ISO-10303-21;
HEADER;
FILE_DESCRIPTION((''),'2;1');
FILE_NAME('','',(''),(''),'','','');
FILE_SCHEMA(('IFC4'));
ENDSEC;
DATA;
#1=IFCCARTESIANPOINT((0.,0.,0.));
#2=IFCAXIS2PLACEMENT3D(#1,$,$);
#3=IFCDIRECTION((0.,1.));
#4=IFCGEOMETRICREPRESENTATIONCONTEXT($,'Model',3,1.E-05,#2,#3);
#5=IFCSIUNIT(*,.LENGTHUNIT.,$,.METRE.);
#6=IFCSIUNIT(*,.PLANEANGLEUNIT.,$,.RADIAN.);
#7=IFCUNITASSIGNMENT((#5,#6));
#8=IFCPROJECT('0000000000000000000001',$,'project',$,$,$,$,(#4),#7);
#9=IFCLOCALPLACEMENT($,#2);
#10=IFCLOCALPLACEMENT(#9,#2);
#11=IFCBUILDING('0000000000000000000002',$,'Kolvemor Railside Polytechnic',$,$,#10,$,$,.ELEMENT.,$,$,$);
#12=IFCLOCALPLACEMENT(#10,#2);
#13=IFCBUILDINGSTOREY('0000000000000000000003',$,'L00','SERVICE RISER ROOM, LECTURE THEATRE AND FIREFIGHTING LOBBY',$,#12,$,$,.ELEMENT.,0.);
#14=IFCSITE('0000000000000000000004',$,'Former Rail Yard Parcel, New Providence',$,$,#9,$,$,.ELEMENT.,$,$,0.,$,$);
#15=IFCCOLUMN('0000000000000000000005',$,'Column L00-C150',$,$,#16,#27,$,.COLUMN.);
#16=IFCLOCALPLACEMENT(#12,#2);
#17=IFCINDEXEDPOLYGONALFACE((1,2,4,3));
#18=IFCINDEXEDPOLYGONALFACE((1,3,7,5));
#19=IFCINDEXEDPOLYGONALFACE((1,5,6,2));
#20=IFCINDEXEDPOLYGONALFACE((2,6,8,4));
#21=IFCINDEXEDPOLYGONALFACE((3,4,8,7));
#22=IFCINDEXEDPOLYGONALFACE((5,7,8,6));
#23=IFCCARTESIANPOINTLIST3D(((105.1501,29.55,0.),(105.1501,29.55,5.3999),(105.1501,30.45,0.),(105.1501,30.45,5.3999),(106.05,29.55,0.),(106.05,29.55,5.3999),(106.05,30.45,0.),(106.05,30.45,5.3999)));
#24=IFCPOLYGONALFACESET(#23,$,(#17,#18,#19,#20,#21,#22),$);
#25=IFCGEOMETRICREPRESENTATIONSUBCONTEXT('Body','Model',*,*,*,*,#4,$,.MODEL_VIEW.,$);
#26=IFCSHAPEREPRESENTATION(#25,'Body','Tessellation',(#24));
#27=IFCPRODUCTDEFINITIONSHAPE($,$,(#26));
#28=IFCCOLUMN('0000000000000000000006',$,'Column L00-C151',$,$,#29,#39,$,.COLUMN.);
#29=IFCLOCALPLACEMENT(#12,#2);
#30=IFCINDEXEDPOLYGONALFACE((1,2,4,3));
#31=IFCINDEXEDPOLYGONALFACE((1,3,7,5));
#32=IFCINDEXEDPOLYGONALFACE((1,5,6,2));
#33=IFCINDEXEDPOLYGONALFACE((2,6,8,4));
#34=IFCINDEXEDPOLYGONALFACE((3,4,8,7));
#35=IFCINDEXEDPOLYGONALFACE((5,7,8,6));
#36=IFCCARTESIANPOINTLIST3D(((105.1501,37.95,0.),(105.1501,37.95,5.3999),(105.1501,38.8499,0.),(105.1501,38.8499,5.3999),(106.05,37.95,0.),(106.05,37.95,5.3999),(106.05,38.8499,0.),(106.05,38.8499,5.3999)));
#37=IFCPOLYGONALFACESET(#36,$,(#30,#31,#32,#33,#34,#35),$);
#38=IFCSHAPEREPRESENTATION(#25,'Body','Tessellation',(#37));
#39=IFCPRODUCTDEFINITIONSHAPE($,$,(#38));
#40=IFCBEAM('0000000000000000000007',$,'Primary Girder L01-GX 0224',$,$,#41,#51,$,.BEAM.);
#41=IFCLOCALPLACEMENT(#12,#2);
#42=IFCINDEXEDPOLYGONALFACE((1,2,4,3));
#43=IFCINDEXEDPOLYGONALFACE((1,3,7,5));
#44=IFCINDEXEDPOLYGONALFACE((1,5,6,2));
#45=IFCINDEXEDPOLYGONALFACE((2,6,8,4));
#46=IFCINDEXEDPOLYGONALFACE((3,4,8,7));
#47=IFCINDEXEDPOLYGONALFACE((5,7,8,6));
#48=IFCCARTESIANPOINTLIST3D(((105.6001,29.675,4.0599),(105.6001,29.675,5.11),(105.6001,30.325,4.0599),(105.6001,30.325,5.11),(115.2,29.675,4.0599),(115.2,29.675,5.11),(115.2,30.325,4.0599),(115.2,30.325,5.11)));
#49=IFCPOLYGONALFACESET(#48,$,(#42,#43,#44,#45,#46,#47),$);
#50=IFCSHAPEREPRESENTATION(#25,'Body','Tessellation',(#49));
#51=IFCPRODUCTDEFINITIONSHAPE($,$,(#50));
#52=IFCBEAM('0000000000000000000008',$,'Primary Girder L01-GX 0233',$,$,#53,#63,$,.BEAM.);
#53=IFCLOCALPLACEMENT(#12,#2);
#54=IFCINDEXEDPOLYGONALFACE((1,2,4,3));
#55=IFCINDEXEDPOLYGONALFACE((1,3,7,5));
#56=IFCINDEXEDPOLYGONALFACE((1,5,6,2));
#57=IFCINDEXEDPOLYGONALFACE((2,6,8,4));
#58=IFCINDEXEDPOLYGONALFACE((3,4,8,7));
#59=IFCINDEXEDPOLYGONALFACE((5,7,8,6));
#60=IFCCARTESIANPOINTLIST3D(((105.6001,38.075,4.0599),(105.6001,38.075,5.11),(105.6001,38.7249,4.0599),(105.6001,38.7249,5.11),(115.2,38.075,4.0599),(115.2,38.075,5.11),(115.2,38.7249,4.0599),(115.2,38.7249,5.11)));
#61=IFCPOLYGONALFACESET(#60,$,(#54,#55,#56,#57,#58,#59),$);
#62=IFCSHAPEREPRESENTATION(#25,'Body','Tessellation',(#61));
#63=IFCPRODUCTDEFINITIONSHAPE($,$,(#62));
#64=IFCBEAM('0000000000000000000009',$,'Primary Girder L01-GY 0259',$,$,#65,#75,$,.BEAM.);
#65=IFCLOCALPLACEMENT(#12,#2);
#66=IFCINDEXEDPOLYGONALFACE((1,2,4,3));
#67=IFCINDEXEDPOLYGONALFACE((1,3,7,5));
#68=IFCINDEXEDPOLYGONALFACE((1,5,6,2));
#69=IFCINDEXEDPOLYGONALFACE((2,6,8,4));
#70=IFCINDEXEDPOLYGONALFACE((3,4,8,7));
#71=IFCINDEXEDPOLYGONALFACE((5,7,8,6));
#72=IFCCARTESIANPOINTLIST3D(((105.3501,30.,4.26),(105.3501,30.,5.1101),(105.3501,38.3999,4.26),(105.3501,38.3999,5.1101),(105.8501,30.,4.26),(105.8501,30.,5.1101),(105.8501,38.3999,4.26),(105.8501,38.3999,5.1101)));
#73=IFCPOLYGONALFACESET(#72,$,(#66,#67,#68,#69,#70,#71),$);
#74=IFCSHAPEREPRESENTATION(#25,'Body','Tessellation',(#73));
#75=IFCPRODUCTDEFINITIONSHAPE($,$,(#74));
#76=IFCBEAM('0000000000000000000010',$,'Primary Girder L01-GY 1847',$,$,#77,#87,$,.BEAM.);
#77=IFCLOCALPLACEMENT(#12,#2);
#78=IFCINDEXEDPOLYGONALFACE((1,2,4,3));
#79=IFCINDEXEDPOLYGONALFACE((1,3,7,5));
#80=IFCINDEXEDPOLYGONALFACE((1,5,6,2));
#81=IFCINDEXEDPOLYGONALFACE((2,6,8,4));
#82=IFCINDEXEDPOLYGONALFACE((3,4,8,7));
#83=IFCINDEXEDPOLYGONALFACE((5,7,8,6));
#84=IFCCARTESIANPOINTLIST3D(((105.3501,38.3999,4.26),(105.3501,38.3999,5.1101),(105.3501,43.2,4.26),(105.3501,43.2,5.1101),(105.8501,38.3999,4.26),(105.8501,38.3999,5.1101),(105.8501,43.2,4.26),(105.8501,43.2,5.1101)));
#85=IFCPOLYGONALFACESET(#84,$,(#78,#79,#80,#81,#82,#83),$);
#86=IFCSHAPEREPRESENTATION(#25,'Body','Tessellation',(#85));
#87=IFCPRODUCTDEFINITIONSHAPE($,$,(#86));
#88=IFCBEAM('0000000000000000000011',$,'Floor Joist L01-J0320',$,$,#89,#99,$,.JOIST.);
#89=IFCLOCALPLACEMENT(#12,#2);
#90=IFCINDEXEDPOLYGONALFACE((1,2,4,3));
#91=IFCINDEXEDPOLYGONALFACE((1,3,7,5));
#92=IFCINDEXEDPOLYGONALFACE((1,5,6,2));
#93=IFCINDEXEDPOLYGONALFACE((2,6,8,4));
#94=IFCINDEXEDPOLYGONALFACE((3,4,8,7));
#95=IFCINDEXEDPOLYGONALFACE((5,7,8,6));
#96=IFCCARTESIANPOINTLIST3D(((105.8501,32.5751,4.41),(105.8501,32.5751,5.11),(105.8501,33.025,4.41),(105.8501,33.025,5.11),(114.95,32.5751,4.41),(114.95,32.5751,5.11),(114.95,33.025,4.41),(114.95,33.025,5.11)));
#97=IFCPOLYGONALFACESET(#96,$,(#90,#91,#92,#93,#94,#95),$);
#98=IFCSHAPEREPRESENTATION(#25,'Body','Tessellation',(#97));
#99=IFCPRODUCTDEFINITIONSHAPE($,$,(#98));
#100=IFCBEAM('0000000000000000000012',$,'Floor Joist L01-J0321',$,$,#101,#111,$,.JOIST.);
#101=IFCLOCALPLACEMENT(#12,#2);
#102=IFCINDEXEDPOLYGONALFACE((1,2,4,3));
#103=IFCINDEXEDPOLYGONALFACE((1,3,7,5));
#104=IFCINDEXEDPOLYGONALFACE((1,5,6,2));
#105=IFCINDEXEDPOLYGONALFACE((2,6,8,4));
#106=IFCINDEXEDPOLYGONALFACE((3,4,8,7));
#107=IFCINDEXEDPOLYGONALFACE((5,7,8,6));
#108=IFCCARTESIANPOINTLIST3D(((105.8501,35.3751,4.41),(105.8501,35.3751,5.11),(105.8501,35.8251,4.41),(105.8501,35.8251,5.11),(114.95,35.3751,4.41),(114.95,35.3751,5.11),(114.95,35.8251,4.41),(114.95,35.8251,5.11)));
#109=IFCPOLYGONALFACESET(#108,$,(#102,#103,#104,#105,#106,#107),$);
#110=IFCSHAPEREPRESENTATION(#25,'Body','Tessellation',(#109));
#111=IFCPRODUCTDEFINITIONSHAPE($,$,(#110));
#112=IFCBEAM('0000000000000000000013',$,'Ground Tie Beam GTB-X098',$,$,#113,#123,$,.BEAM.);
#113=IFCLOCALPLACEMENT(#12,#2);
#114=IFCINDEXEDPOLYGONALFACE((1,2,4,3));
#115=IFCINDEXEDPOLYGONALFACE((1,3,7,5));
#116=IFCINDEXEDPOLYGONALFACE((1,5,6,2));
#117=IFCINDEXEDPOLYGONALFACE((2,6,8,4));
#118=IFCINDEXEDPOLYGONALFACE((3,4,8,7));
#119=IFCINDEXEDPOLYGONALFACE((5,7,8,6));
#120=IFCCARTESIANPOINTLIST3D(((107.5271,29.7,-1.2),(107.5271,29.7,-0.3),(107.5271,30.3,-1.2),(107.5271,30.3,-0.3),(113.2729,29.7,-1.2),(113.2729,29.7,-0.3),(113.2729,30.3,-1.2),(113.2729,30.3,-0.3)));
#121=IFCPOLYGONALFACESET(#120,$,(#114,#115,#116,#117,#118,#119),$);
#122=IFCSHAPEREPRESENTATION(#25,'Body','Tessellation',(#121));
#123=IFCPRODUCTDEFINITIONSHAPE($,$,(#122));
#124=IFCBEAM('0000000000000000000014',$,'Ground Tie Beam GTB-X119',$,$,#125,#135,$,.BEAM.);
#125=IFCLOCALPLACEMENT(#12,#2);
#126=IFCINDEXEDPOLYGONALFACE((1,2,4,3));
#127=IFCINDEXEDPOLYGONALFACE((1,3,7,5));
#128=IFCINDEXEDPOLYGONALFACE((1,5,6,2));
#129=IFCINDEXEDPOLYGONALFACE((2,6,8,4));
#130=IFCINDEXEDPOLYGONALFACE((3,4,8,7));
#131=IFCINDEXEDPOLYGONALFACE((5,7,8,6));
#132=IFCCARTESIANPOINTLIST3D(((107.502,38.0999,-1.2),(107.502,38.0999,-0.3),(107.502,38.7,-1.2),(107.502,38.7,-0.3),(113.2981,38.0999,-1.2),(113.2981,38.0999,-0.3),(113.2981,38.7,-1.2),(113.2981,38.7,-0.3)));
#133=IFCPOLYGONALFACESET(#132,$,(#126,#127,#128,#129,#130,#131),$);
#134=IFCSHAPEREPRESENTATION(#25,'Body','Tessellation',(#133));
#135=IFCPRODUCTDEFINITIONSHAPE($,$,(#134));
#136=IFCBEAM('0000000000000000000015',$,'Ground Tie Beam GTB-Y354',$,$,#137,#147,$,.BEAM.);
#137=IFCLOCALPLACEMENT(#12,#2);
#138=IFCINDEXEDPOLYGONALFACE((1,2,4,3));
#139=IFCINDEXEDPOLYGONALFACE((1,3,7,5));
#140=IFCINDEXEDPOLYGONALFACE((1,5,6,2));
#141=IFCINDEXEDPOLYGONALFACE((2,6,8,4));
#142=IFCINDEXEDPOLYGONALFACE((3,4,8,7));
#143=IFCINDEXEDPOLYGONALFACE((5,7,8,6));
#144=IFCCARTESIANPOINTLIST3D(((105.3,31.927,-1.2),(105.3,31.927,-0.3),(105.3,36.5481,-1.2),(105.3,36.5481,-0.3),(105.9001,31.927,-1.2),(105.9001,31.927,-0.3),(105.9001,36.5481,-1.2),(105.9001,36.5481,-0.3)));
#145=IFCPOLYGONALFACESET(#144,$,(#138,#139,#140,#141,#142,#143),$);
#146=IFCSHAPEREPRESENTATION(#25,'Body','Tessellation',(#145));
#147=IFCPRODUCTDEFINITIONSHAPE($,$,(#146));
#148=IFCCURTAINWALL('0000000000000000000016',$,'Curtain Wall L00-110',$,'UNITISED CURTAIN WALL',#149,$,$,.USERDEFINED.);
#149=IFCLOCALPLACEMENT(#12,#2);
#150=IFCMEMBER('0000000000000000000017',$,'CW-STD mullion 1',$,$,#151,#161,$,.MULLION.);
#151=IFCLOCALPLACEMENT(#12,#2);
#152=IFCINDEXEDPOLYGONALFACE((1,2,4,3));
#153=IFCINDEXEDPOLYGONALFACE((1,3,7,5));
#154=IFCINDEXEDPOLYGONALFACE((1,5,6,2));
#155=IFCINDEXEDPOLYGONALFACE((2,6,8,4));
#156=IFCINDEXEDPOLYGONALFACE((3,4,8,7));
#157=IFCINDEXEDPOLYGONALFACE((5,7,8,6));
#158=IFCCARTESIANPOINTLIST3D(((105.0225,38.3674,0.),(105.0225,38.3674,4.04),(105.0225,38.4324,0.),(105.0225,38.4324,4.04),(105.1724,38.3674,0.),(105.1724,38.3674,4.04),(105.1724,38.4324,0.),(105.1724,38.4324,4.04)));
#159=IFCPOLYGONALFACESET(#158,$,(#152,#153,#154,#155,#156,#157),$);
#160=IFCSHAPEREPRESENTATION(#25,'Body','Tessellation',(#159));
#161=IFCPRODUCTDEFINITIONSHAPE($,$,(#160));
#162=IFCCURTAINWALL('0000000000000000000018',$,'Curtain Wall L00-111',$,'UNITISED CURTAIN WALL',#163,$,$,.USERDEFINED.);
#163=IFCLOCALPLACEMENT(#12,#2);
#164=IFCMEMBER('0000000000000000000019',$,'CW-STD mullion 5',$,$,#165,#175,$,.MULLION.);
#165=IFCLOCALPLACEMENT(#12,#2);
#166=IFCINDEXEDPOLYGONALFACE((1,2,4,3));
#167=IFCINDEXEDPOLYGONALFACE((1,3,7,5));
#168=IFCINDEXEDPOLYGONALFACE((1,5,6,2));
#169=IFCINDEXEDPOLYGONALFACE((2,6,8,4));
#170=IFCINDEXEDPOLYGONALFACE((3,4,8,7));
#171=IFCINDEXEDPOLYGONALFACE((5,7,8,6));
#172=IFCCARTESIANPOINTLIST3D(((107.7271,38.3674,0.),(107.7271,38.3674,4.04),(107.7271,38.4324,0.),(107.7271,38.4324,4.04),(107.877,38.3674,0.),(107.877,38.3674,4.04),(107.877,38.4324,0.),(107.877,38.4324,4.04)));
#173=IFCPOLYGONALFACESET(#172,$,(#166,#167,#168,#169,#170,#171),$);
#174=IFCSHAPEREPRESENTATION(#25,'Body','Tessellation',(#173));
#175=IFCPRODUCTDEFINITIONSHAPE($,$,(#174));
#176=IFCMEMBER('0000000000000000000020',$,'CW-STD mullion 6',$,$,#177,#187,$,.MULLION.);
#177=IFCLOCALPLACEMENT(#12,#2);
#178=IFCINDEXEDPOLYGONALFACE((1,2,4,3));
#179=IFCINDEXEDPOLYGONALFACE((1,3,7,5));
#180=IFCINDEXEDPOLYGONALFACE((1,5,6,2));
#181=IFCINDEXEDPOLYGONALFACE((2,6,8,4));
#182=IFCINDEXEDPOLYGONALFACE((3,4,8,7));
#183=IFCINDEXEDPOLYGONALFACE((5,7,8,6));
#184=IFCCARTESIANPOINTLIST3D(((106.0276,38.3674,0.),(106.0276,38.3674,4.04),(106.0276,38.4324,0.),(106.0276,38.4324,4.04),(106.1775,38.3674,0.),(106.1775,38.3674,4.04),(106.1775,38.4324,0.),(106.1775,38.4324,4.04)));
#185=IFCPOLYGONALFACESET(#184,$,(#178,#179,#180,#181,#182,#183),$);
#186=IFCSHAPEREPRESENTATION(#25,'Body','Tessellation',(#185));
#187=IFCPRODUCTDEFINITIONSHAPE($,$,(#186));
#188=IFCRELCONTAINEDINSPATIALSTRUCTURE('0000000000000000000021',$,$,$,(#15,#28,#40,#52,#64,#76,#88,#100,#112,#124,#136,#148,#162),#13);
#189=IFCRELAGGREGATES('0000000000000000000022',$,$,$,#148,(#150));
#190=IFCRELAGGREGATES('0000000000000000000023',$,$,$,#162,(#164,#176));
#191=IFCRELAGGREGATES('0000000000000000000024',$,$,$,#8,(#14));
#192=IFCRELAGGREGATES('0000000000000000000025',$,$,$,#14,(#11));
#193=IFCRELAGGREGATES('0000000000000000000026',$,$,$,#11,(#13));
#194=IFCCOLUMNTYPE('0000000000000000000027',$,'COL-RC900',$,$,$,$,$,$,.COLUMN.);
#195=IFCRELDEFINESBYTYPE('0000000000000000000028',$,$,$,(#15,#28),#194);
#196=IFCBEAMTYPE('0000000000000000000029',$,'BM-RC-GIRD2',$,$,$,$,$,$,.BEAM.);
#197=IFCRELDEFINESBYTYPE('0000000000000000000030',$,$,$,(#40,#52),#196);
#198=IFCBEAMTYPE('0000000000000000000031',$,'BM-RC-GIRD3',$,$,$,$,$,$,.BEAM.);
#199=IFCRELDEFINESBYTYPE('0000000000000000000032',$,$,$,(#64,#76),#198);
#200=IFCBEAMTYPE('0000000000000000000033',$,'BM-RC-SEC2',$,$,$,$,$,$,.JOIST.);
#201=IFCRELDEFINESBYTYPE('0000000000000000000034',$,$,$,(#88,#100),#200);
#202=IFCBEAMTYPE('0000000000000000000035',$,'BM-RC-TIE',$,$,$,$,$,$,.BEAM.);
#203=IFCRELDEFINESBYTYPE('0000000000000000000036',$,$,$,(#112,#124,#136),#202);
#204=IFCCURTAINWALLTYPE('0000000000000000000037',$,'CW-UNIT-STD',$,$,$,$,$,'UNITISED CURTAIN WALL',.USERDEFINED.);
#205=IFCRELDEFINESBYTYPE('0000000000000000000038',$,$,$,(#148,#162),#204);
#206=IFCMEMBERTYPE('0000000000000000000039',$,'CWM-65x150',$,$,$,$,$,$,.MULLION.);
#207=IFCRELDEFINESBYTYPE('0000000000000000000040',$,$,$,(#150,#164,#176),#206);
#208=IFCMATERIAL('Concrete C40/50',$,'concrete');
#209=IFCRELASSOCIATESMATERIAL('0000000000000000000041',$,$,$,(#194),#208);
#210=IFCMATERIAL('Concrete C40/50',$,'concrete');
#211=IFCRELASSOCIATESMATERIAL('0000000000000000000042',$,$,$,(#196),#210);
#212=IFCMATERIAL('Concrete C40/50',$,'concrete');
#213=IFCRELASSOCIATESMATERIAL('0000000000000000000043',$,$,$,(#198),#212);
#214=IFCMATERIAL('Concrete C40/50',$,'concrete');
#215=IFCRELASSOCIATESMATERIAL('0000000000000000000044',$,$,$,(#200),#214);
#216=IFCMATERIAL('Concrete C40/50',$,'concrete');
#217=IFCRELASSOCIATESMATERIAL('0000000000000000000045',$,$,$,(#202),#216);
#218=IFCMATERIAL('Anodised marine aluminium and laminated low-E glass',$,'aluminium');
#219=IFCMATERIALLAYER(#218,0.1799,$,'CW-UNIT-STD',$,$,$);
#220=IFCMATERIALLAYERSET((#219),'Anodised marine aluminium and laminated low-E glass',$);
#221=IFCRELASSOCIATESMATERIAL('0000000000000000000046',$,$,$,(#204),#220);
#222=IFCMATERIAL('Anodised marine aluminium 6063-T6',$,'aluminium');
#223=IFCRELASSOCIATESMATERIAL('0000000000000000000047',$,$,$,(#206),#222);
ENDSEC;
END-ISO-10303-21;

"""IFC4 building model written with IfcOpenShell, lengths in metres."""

from ifc_helpers import new_model, si_unit, direction, frame, origin, origin_2d, place, context, subcontext, project, spatial, rectangle, extrude, material, layer, layer_set, material_profile, profile_set, type_object, element, aggregate, save


model = new_model("IFC4")

# Units and contexts
model_context = context("Model", 3, precision=1e-05, world=origin(), true_north=direction((0.0, 1.0)))
body_context = subcontext(model_context, "Body", "Model", "MODEL_VIEW")
ifc_project = project(units=[si_unit("LENGTHUNIT", "METRE"), si_unit("PLANEANGLEUNIT", "RADIAN")], contexts=[model_context])

# Site, building, storey
site_placement = place(None, origin())
site = spatial("IfcSite", under=ifc_project, at=site_placement, Name="Former Rail Yard Parcel, New Providence", CompositionType="ELEMENT", RefElevation=0.0)
building_placement = place(site_placement, origin())
building = spatial("IfcBuilding", under=site, at=building_placement, Name="Kolvemor Railside Polytechnic", CompositionType="ELEMENT")
storey_placement = place(building_placement, origin())
storey = spatial("IfcBuildingStorey", under=building, at=storey_placement, Name="L00", Description="SERVICE RISER ROOM, LECTURE THEATRE AND FIREFIGHTING LOBBY", CompositionType="ELEMENT", Elevation=0.0)

# Columns
ifc_material_1 = material(Name="Concrete C40/50", Category="concrete")
ifc_material_profile_1 = material_profile(ifc_material_1, rectangle(XDim=0.8999, YDim=0.8999, at=origin_2d()), Name="RC900x900")
ifc_profile_set_1 = profile_set([ifc_material_profile_1], Name="Concrete C40/50")
column_type = type_object("IfcColumnType", Name="COL-RC900", PredefinedType="COLUMN", material=ifc_profile_set_1)
for number, where, z_axis, x_axis, name in (
    (1, (105.6001, 30.0, 0.0), (0.0, 0.0, 1.0), (1.0, 0.0, 0.0), "Column L00-C150"),
    (2, (105.6001, 38.3999, 0.0), (0.0, 0.0, 1.0), (1.0, 0.0, 0.0), "Column L00-C151"),
):
    element("IfcColumn", number, at=place(storey_placement, frame(where, z_axis=z_axis, x_axis=x_axis)), inside=storey, type_object=column_type, Name=name, PredefinedType="COLUMN", context=body_context, shape_type="SweptSolid", body=[
        extrude(rectangle(XDim=0.8999, YDim=0.8999, at=origin_2d()), origin(), (0.0, 0.0, 1.0), 5.3999),
    ])

# Beams
ifc_material_2 = material(Name="Concrete C40/50", Category="concrete")
ifc_material_profile_2 = material_profile(ifc_material_2, rectangle(XDim=0.6499, YDim=1.05, at=origin_2d()), Name="RC650x1050")
ifc_profile_set_2 = profile_set([ifc_material_profile_2], Name="Concrete C40/50")
beam_type_1 = type_object("IfcBeamType", Name="BM-RC-GIRD2", PredefinedType="BEAM", material=ifc_profile_set_2)
for number, where, z_axis, x_axis, name in (
    (3, (105.6001, 30.0, 4.585), (1.0, 0.0, 0.0), (0.0, 1.0, 0.0), "Primary Girder L01-GX 0224"),
    (4, (105.6001, 38.3999, 4.585), (1.0, 0.0, 0.0), (0.0, 1.0, 0.0), "Primary Girder L01-GX 0233"),
):
    element("IfcBeam", number, at=place(storey_placement, frame(where, z_axis=z_axis, x_axis=x_axis)), inside=storey, type_object=beam_type_1, Name=name, PredefinedType="BEAM", context=body_context, shape_type="SweptSolid", body=[
        extrude(rectangle(XDim=0.6499, YDim=1.05, at=origin_2d()), origin(), (0.0, 0.0, 1.0), 9.5999),
    ])
ifc_material_3 = material(Name="Concrete C40/50", Category="concrete")
ifc_material_profile_3 = material_profile(ifc_material_3, rectangle(XDim=0.5, YDim=0.8501, at=origin_2d()), Name="RC500x850")
ifc_profile_set_3 = profile_set([ifc_material_profile_3], Name="Concrete C40/50")
beam_type_2 = type_object("IfcBeamType", Name="BM-RC-GIRD3", PredefinedType="BEAM", material=ifc_profile_set_3)
beam_1_placement = place(storey_placement, frame((105.6001, 30.0, 4.6851), z_axis=(0.0, 1.0, 0.0), x_axis=(-1.0, 0.0, 0.0)))
element("IfcBeam", 5, at=beam_1_placement, inside=storey, type_object=beam_type_2, Name="Primary Girder L01-GY 0259", PredefinedType="BEAM", context=body_context, shape_type="SweptSolid", body=[
    extrude(rectangle(XDim=0.5, YDim=0.8501, at=origin_2d()), origin(), (0.0, 0.0, 1.0), 8.3999),
])
beam_2_placement = place(storey_placement, frame((105.6001, 38.3999, 4.6851), z_axis=(0.0, 1.0, 0.0), x_axis=(-1.0, 0.0, 0.0)))
element("IfcBeam", 6, at=beam_2_placement, inside=storey, type_object=beam_type_2, Name="Primary Girder L01-GY 1847", PredefinedType="BEAM", context=body_context, shape_type="SweptSolid", body=[
    extrude(rectangle(XDim=0.5, YDim=0.8501, at=origin_2d()), origin(), (0.0, 0.0, 1.0), 4.8),
])
ifc_material_4 = material(Name="Concrete C40/50", Category="concrete")
ifc_material_profile_4 = material_profile(ifc_material_4, rectangle(XDim=0.45, YDim=0.7, at=origin_2d()), Name="RC450x700")
ifc_profile_set_4 = profile_set([ifc_material_profile_4], Name="Concrete C40/50")
beam_type_3 = type_object("IfcBeamType", Name="BM-RC-SEC2", PredefinedType="JOIST", material=ifc_profile_set_4)
for number, where, z_axis, x_axis, name in (
    (7, (105.8501, 32.8, 4.76), (1.0, 0.0, 0.0), (0.0, 1.0, 0.0), "Floor Joist L01-J0320"),
    (8, (105.8501, 35.6001, 4.76), (1.0, 0.0, 0.0), (0.0, 1.0, 0.0), "Floor Joist L01-J0321"),
):
    element("IfcBeam", number, at=place(storey_placement, frame(where, z_axis=z_axis, x_axis=x_axis)), inside=storey, type_object=beam_type_3, Name=name, PredefinedType="JOIST", context=body_context, shape_type="SweptSolid", body=[
        extrude(rectangle(XDim=0.45, YDim=0.7, at=origin_2d()), origin(), (0.0, 0.0, 1.0), 9.0999),
    ])
ifc_material_5 = material(Name="Concrete C40/50", Category="concrete")
ifc_material_profile_5 = material_profile(ifc_material_5, rectangle(XDim=0.6001, YDim=0.8999, at=origin_2d()), Name="RC600x900")
ifc_profile_set_5 = profile_set([ifc_material_profile_5], Name="Concrete C40/50")
beam_type_4 = type_object("IfcBeamType", Name="BM-RC-TIE", PredefinedType="BEAM", material=ifc_profile_set_5)
beam_3_placement = place(storey_placement, frame((107.5271, 30.0, -0.75), z_axis=(1.0, 0.0, 0.0), x_axis=(0.0, 1.0, 0.0)))
element("IfcBeam", 9, at=beam_3_placement, inside=storey, type_object=beam_type_4, Name="Ground Tie Beam GTB-X098", PredefinedType="BEAM", context=body_context, shape_type="SweptSolid", body=[
    extrude(rectangle(XDim=0.6001, YDim=0.8999, at=origin_2d()), origin(), (0.0, 0.0, 1.0), 5.7458),
])
beam_4_placement = place(storey_placement, frame((107.502, 38.3999, -0.75), z_axis=(1.0, 0.0, 0.0), x_axis=(0.0, 1.0, 0.0)))
element("IfcBeam", 10, at=beam_4_placement, inside=storey, type_object=beam_type_4, Name="Ground Tie Beam GTB-X119", PredefinedType="BEAM", context=body_context, shape_type="SweptSolid", body=[
    extrude(rectangle(XDim=0.6001, YDim=0.8999, at=origin_2d()), origin(), (0.0, 0.0, 1.0), 5.7961),
])
beam_5_placement = place(storey_placement, frame((105.6001, 31.927, -0.75), z_axis=(0.0, 1.0, 0.0), x_axis=(-1.0, 0.0, 0.0)))
element("IfcBeam", 11, at=beam_5_placement, inside=storey, type_object=beam_type_4, Name="Ground Tie Beam GTB-Y354", PredefinedType="BEAM", context=body_context, shape_type="SweptSolid", body=[
    extrude(rectangle(XDim=0.6001, YDim=0.8999, at=origin_2d()), origin(), (0.0, 0.0, 1.0), 4.6211),
])

# Curtain wall, member
ifc_material_6 = material(Name="Anodised marine aluminium and laminated low-E glass", Category="aluminium")
ifc_layer_1 = layer(ifc_material_6, 0.1799, Name="CW-UNIT-STD")
ifc_layer_set_1 = layer_set([ifc_layer_1], Name="Anodised marine aluminium and laminated low-E glass")
curtain_wall_type = type_object("IfcCurtainWallType", Name="CW-UNIT-STD", ElementType="UNITISED CURTAIN WALL", PredefinedType="USERDEFINED", material=ifc_layer_set_1)
curtain_wall_1_placement = place(storey_placement, origin())
curtain_wall_1 = element("IfcCurtainWall", 12, at=curtain_wall_1_placement, inside=storey, type_object=curtain_wall_type, Name="Curtain Wall L00-110", ObjectType="UNITISED CURTAIN WALL", PredefinedType="USERDEFINED")
ifc_material_7 = material(Name="Anodised marine aluminium 6063-T6", Category="aluminium")
ifc_material_profile_6 = material_profile(ifc_material_7, rectangle(XDim=0.0649, YDim=0.1499, at=origin_2d()), Name="CW-MUL-65x150")
ifc_profile_set_6 = profile_set([ifc_material_profile_6], Name="Anodised marine aluminium 6063-T6")
member_type_1 = type_object("IfcMemberType", Name="CWM-65x150", PredefinedType="MULLION", material=ifc_profile_set_6)
member_1_placement = place(storey_placement, frame((105.0974, 38.3999, 0.0), z_axis=(0.0, 0.0, 1.0), x_axis=(0.0, -1.0, 0.0)))
member_1 = element("IfcMember", 13, at=member_1_placement, type_object=member_type_1, Name="CW-STD mullion 1", PredefinedType="MULLION", context=body_context, shape_type="SweptSolid", body=[
    extrude(rectangle(XDim=0.0649, YDim=0.1499, at=origin_2d()), origin(), (0.0, 0.0, 1.0), 4.04),
])

# Curtain wall, members
curtain_wall_2_placement = place(storey_placement, origin())
curtain_wall_2 = element("IfcCurtainWall", 14, at=curtain_wall_2_placement, inside=storey, type_object=curtain_wall_type, Name="Curtain Wall L00-111", ObjectType="UNITISED CURTAIN WALL", PredefinedType="USERDEFINED")
member_2_placement = place(storey_placement, frame((107.802, 38.3999, 0.0), z_axis=(0.0, 0.0, 1.0), x_axis=(0.0, -1.0, 0.0)))
member_2 = element("IfcMember", 15, at=member_2_placement, type_object=member_type_1, Name="CW-STD mullion 5", PredefinedType="MULLION", context=body_context, shape_type="SweptSolid", body=[
    extrude(rectangle(XDim=0.0649, YDim=0.1499, at=origin_2d()), origin(), (0.0, 0.0, 1.0), 4.04),
])
member_3_placement = place(storey_placement, frame((106.1025, 38.3999, 0.0), z_axis=(0.0, 0.0, 1.0), x_axis=(0.0, -1.0, 0.0)))
member_3 = element("IfcMember", 16, at=member_3_placement, type_object=member_type_1, Name="CW-STD mullion 6", PredefinedType="MULLION", context=body_context, shape_type="SweptSolid", body=[
    extrude(rectangle(XDim=0.0649, YDim=0.1499, at=origin_2d()), origin(), (0.0, 0.0, 1.0), 4.04),
])

aggregate(curtain_wall_1, [member_1])
aggregate(curtain_wall_2, [member_2, member_3])

save(model, "model.ifc")
